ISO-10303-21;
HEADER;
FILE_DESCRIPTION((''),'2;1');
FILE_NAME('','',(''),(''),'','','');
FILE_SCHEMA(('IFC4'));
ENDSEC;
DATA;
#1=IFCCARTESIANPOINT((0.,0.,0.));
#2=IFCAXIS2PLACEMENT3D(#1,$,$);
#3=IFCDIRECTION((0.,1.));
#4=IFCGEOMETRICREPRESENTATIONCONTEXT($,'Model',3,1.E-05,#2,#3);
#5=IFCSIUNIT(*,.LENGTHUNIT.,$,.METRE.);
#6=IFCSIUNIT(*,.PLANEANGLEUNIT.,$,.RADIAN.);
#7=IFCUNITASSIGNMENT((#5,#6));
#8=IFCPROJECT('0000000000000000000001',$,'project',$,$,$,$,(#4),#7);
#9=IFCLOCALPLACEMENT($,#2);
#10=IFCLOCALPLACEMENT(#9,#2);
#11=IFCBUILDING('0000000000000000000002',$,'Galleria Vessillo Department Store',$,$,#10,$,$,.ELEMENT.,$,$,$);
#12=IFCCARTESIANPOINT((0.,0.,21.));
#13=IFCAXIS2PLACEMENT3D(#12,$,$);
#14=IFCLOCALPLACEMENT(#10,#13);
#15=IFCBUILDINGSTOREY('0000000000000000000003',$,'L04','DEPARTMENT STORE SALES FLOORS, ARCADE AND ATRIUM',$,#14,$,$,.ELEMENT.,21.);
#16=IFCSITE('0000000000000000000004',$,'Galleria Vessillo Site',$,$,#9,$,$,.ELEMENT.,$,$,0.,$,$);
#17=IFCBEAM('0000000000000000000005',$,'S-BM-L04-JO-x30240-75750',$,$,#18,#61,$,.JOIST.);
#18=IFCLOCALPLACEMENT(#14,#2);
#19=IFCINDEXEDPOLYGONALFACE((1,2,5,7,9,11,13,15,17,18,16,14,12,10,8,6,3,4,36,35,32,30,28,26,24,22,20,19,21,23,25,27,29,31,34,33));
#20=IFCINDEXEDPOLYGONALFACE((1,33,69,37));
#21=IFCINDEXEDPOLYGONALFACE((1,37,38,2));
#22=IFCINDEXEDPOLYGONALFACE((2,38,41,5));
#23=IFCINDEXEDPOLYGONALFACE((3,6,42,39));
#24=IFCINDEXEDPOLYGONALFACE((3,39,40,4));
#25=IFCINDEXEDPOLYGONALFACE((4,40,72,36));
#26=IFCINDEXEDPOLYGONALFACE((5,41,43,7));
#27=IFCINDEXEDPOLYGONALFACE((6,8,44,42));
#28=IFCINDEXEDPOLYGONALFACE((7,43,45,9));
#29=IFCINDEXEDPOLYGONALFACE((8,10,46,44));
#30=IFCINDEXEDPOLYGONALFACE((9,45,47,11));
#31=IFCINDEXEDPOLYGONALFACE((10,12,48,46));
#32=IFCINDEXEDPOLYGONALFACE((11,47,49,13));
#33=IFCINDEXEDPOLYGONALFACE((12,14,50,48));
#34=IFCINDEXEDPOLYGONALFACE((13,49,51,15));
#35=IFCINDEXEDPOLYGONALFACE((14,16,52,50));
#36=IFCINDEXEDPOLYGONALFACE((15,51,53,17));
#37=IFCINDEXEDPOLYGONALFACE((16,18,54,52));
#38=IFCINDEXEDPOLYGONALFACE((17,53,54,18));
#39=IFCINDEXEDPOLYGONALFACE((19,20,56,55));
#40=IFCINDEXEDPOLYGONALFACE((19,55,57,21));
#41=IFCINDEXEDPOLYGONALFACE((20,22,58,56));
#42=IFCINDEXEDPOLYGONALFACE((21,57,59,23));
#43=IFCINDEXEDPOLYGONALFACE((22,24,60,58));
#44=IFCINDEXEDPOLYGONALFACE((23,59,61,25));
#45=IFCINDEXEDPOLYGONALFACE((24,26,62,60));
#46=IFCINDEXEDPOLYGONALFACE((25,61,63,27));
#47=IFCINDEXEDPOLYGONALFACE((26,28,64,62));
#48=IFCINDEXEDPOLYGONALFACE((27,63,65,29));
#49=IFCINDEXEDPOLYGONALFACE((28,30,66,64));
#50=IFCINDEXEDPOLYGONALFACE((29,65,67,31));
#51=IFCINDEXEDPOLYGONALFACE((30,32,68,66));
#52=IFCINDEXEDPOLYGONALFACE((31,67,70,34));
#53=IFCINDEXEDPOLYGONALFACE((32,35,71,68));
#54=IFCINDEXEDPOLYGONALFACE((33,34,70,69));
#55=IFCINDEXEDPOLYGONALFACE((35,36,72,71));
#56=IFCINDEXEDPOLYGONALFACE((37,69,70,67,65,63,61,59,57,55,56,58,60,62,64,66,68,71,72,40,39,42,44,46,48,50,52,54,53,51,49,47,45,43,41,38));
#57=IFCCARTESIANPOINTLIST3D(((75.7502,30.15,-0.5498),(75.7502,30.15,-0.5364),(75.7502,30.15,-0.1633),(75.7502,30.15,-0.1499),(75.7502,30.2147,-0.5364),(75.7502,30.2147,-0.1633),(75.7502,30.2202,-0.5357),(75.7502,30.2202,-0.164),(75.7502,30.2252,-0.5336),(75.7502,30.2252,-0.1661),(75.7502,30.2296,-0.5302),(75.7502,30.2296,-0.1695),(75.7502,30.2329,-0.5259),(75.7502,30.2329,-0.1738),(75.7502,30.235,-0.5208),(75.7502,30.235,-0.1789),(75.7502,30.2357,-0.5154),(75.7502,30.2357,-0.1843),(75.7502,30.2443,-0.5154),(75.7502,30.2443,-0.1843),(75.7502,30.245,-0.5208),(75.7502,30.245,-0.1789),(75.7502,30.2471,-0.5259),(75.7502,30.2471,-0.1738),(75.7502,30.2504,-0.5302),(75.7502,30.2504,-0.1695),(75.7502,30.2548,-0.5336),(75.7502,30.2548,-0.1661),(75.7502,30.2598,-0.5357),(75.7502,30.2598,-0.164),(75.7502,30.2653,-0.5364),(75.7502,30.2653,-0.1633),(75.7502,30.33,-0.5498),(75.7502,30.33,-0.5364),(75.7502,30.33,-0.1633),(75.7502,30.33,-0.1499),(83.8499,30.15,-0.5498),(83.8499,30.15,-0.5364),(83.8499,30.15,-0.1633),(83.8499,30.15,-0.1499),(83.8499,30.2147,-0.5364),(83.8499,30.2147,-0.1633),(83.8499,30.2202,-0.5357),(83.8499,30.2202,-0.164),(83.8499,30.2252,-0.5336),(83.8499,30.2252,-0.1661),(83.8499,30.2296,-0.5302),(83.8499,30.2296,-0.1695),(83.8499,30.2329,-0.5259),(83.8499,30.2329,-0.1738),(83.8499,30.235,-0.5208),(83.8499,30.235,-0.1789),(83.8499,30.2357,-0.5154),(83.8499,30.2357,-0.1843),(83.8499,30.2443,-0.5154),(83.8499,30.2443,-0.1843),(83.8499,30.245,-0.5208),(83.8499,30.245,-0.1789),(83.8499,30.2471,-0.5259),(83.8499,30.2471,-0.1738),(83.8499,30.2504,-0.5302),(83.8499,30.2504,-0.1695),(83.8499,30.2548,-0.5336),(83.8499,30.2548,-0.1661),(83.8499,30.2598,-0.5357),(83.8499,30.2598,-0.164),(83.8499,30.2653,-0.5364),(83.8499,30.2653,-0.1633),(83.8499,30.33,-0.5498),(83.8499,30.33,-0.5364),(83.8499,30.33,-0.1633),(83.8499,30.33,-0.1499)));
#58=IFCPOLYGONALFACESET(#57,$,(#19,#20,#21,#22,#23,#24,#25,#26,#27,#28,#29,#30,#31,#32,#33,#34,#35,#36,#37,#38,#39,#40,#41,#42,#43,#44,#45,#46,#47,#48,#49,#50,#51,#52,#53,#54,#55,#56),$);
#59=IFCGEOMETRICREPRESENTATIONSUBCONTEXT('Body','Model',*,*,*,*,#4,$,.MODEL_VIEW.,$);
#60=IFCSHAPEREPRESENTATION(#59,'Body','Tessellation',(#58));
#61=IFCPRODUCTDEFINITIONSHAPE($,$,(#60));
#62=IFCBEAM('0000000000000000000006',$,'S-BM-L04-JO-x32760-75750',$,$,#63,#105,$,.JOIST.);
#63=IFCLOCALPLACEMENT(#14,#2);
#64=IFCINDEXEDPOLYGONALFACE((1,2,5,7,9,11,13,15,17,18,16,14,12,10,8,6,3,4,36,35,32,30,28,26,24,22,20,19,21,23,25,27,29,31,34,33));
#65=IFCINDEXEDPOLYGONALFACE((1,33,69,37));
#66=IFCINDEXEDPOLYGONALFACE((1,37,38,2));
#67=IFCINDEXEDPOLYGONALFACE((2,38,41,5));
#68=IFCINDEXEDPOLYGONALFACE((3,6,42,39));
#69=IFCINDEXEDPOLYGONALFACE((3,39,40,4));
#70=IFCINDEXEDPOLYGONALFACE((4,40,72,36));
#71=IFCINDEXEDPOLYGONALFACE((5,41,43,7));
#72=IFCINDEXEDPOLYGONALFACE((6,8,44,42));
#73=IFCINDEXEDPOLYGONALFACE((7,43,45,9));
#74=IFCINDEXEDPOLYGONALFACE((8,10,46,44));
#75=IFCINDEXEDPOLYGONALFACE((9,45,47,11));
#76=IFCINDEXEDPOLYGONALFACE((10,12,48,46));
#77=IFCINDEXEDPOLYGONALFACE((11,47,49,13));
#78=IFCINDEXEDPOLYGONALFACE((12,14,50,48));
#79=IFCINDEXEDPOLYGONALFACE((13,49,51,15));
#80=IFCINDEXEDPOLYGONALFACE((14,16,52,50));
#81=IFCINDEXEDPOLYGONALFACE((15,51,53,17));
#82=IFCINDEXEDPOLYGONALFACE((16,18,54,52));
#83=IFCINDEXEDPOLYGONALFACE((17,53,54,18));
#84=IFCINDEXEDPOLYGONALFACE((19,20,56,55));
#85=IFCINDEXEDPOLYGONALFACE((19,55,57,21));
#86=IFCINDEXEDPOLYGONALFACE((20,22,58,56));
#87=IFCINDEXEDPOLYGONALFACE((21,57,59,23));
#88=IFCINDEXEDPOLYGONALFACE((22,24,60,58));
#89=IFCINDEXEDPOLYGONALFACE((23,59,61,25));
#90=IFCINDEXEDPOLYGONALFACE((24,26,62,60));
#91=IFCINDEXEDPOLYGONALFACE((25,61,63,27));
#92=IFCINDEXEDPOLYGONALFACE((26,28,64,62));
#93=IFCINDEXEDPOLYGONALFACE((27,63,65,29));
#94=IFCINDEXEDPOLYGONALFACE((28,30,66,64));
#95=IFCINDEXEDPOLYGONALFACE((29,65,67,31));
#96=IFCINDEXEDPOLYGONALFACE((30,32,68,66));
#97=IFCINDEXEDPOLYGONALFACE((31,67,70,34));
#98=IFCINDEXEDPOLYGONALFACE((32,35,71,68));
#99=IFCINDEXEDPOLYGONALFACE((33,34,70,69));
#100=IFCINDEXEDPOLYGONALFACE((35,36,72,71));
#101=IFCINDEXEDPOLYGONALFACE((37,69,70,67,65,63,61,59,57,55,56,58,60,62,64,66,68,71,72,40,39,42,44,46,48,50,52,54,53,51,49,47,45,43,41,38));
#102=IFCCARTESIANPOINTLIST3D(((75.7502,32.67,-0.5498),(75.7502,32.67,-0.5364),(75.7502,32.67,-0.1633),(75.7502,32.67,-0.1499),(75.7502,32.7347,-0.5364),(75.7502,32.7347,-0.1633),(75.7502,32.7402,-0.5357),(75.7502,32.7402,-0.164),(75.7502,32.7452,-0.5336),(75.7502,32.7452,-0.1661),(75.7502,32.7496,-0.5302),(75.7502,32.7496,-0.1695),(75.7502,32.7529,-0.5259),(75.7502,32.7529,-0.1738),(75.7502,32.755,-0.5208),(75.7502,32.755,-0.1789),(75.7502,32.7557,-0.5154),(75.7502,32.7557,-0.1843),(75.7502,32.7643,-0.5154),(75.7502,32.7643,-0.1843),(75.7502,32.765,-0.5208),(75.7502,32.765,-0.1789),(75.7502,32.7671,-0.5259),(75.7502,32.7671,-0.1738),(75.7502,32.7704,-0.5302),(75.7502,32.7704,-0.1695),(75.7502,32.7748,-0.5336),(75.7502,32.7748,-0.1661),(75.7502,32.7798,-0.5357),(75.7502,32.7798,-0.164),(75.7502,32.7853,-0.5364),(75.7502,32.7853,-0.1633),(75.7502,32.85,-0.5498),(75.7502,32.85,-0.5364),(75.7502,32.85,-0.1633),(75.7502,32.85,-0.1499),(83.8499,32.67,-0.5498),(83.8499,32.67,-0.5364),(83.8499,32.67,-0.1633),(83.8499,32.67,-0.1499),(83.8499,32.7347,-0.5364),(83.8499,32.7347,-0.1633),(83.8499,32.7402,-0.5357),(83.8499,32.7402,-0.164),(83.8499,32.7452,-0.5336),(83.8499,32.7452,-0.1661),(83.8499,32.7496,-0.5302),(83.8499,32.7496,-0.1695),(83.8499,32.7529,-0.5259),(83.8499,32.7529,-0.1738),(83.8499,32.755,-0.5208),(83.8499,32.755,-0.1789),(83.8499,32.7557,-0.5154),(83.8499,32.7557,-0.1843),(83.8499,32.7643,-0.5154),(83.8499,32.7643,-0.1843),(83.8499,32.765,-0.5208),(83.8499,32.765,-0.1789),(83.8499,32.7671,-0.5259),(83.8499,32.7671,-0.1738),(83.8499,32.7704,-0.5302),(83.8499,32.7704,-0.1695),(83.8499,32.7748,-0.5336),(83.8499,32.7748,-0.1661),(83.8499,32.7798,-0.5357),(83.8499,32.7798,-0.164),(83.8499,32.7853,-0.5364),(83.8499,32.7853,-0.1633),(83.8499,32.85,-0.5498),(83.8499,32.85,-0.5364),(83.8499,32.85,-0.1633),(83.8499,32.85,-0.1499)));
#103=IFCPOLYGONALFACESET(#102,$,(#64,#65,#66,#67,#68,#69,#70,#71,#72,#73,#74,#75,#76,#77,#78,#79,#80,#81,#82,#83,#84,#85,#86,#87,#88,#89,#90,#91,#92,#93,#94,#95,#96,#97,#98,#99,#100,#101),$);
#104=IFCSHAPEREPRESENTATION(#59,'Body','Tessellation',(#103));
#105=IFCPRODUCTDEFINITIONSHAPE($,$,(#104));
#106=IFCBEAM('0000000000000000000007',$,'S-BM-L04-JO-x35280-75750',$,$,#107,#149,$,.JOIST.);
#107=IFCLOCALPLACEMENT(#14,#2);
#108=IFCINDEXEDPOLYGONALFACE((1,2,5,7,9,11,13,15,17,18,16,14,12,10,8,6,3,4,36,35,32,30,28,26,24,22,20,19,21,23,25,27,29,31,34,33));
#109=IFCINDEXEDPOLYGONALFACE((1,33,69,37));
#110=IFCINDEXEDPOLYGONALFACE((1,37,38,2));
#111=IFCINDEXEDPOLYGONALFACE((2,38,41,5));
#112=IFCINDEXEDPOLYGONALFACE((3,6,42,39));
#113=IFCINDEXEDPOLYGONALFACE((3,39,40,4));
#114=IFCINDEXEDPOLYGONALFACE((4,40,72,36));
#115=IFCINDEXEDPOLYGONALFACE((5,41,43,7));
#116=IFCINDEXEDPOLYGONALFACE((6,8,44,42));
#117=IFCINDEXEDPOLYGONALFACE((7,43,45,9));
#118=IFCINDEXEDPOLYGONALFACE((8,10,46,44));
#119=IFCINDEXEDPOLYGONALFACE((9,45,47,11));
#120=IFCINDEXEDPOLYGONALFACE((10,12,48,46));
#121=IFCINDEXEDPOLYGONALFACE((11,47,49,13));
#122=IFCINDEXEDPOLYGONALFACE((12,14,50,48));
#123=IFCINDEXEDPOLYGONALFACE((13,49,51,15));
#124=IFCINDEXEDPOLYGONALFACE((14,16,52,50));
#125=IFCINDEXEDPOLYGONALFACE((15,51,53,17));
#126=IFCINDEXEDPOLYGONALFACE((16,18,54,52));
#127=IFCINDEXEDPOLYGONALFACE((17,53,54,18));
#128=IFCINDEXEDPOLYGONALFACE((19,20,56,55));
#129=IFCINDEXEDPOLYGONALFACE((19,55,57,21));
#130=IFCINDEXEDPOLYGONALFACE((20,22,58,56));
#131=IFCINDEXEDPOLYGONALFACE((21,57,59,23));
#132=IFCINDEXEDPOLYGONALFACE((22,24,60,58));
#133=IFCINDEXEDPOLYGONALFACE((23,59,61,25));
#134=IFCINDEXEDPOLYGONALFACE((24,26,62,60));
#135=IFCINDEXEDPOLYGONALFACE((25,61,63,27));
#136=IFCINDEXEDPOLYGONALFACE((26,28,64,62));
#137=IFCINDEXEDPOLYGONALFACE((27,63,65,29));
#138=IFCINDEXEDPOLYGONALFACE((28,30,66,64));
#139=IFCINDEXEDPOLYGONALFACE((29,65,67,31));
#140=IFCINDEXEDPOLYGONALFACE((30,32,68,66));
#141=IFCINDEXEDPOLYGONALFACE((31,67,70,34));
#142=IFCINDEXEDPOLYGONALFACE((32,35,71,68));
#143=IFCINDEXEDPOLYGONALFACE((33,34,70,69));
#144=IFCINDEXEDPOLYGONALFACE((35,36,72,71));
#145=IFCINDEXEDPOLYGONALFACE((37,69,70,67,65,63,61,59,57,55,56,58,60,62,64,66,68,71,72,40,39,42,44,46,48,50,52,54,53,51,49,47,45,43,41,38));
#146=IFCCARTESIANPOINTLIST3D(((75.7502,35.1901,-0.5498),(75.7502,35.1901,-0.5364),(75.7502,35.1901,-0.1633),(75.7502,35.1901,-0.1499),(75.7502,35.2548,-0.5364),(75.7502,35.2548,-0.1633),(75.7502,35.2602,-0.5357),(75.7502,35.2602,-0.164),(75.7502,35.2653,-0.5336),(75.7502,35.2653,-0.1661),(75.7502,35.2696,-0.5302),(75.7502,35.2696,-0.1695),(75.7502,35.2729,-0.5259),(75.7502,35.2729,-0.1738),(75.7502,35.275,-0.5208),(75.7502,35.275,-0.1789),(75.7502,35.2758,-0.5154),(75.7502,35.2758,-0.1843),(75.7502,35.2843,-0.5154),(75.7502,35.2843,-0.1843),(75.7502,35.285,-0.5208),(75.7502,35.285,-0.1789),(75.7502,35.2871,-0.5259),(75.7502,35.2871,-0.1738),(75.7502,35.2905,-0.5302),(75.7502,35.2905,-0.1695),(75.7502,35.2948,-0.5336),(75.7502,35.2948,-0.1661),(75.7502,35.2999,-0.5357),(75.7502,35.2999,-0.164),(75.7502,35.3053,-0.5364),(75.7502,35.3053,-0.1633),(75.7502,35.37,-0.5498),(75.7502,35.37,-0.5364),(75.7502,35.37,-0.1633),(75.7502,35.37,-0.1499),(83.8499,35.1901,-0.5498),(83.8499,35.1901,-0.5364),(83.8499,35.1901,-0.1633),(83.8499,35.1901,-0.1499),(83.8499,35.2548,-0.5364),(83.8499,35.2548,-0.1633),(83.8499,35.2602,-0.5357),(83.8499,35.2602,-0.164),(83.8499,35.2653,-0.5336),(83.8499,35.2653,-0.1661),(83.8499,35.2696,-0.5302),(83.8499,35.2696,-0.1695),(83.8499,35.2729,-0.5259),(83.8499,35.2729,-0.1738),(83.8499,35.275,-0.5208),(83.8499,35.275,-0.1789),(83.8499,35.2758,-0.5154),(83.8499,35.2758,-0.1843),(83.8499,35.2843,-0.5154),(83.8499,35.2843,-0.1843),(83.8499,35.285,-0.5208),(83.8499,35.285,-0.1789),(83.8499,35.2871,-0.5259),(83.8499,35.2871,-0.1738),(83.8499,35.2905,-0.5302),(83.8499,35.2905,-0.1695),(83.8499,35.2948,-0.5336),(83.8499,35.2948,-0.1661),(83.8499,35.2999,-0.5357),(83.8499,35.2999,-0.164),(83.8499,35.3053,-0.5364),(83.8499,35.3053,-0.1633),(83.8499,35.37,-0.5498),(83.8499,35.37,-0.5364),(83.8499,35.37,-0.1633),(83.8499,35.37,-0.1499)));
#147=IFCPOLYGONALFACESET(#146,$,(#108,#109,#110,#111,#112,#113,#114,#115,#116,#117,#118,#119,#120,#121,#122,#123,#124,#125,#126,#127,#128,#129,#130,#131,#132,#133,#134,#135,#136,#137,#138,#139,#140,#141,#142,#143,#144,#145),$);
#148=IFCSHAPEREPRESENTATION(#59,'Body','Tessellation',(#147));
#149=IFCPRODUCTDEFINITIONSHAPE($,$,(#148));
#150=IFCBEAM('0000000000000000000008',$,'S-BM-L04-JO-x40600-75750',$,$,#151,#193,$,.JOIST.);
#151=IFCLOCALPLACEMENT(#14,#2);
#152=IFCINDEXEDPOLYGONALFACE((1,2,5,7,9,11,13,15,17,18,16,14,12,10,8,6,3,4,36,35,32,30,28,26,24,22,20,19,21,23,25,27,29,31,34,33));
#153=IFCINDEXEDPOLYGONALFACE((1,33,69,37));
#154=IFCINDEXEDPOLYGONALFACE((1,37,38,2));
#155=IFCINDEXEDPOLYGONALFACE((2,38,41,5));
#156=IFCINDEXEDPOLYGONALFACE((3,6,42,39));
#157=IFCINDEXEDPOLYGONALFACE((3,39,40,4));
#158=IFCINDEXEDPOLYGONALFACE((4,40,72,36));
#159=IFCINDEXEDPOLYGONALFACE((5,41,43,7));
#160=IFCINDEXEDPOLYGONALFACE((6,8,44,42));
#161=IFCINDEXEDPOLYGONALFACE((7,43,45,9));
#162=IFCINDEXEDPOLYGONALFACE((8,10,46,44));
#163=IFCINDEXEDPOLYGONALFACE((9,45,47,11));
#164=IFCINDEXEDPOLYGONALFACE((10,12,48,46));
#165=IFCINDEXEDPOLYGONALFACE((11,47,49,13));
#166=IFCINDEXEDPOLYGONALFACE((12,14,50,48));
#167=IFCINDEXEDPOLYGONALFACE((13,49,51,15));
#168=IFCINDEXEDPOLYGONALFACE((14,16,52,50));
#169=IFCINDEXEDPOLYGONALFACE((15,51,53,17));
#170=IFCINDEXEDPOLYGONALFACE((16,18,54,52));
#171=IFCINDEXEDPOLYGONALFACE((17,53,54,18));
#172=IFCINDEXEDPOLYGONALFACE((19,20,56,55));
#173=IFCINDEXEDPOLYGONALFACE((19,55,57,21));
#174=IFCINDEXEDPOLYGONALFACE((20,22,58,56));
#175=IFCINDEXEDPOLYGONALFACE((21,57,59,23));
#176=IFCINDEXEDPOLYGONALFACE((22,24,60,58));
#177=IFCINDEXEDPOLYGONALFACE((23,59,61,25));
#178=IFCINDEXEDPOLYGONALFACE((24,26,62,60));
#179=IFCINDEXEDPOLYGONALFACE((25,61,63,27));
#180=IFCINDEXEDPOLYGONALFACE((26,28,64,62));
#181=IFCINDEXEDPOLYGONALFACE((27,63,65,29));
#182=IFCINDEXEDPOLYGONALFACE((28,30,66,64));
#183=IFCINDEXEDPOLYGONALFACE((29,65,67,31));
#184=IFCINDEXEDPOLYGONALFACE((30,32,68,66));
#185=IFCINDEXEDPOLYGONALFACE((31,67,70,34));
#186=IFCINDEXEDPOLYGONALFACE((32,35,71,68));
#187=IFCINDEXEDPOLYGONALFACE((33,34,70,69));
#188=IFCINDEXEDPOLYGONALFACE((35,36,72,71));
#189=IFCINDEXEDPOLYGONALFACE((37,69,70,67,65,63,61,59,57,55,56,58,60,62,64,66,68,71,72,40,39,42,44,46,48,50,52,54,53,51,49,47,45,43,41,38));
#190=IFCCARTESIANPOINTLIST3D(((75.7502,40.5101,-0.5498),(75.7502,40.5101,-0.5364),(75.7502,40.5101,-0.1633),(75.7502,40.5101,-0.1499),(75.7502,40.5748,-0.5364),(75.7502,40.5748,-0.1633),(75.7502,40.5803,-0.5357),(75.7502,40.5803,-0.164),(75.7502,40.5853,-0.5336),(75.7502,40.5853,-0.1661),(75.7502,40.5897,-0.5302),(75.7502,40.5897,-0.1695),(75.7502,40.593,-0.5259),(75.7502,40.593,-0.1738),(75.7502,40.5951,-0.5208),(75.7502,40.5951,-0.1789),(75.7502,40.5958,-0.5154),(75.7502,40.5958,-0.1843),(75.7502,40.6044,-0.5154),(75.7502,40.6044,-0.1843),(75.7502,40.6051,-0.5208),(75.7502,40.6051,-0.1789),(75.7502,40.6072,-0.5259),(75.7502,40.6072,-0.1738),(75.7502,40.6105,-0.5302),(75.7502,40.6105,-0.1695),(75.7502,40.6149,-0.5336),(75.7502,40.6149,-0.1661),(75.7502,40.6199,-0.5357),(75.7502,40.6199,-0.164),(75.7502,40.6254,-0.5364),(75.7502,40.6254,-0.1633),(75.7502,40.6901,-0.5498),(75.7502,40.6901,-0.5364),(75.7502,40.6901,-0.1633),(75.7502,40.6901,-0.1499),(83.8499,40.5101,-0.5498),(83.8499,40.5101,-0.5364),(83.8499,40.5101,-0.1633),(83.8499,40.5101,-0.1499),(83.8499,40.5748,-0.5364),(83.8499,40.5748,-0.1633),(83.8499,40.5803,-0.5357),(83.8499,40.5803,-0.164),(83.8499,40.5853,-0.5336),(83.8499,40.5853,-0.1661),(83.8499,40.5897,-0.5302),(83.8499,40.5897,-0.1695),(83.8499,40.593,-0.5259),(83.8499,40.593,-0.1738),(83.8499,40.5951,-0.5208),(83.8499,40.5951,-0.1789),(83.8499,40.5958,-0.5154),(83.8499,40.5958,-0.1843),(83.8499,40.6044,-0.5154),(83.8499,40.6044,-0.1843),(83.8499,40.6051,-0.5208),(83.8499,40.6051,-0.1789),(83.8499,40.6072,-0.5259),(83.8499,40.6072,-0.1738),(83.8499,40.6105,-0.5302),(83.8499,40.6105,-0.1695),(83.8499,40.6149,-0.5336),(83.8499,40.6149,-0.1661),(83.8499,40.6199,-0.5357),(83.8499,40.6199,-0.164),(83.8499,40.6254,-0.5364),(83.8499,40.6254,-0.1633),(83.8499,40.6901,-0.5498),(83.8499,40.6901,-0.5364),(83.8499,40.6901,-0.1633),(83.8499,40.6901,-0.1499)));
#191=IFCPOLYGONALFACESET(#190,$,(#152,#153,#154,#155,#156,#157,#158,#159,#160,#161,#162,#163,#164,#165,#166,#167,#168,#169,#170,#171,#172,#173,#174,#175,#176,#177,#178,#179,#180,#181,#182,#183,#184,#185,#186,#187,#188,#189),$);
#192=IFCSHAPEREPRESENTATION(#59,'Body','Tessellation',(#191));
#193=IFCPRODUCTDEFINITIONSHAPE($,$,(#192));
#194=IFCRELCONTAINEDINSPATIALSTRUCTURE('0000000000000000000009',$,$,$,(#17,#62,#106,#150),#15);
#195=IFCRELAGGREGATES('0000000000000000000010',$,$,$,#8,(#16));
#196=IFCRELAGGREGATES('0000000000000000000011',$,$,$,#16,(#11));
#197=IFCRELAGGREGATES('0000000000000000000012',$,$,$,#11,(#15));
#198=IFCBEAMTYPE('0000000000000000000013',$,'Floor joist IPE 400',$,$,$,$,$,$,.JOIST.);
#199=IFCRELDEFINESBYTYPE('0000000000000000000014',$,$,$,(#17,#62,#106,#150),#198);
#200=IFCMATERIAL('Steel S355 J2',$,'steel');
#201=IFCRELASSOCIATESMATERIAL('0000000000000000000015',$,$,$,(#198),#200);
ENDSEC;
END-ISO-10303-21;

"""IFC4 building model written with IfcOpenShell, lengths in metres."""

from ifc_helpers import new_model, si_unit, direction, frame, origin, origin_2d, place, context, subcontext, project, spatial, i_section, extrude, material, material_profile, profile_set, type_object, element, save


model = new_model("IFC4")

# Units and contexts
model_context = context("Model", 3, precision=1e-05, world=origin(), true_north=direction((0.0, 1.0)))
body_context = subcontext(model_context, "Body", "Model", "MODEL_VIEW")
ifc_project = project(units=[si_unit("LENGTHUNIT", "METRE"), si_unit("PLANEANGLEUNIT", "RADIAN")], contexts=[model_context])

# Site, building, storey
site_placement = place(None, origin())
site = spatial("IfcSite", under=ifc_project, at=site_placement, Name="Galleria Vessillo Site", CompositionType="ELEMENT", RefElevation=0.0)
building_placement = place(site_placement, origin())
building = spatial("IfcBuilding", under=site, at=building_placement, Name="Galleria Vessillo Department Store", CompositionType="ELEMENT")
storey_placement = place(building_placement, frame((0.0, 0.0, 21.0)))
storey = spatial("IfcBuildingStorey", under=building, at=storey_placement, Name="L04", Description="DEPARTMENT STORE SALES FLOORS, ARCADE AND ATRIUM", CompositionType="ELEMENT", Elevation=21.0)

# Beams
ifc_material_1 = material(Name="Steel S355 J2", Category="steel")
ifc_material_profile_1 = material_profile(ifc_material_1, i_section(OverallWidth=0.1799, OverallDepth=0.3999, WebThickness=0.0085, FlangeThickness=0.0134, FilletRadius=0.021, at=origin_2d()), Name="IPE 400")
ifc_profile_set_1 = profile_set([ifc_material_profile_1], Name="Steel S355 J2")
beam_type_1 = type_object("IfcBeamType", Name="Floor joist IPE 400", PredefinedType="JOIST", material=ifc_profile_set_1)
for number, where, z_axis, x_axis, name in (
    (1, (75.7502, 30.24, -0.3499), (1.0, 0.0, 0.0), (0.0, 1.0, 0.0), "S-BM-L04-JO-x30240-75750"),
    (2, (75.7502, 32.76, -0.3499), (1.0, 0.0, 0.0), (0.0, 1.0, 0.0), "S-BM-L04-JO-x32760-75750"),
    (3, (75.7502, 35.28, -0.3499), (1.0, 0.0, 0.0), (0.0, 1.0, 0.0), "S-BM-L04-JO-x35280-75750"),
    (4, (75.7502, 40.6001, -0.3499), (1.0, 0.0, 0.0), (0.0, 1.0, 0.0), "S-BM-L04-JO-x40600-75750"),
):
    element("IfcBeam", number, at=place(storey_placement, frame(where, z_axis=z_axis, x_axis=x_axis)), inside=storey, type_object=beam_type_1, Name=name, PredefinedType="JOIST", context=body_context, shape_type="SweptSolid", body=[
        extrude(i_section(OverallWidth=0.1799, OverallDepth=0.3999, WebThickness=0.0085, FlangeThickness=0.0134, FilletRadius=0.021, at=origin_2d()), origin(), (0.0, 0.0, 1.0), 8.0996),
    ])

save(model, "model.ifc")
